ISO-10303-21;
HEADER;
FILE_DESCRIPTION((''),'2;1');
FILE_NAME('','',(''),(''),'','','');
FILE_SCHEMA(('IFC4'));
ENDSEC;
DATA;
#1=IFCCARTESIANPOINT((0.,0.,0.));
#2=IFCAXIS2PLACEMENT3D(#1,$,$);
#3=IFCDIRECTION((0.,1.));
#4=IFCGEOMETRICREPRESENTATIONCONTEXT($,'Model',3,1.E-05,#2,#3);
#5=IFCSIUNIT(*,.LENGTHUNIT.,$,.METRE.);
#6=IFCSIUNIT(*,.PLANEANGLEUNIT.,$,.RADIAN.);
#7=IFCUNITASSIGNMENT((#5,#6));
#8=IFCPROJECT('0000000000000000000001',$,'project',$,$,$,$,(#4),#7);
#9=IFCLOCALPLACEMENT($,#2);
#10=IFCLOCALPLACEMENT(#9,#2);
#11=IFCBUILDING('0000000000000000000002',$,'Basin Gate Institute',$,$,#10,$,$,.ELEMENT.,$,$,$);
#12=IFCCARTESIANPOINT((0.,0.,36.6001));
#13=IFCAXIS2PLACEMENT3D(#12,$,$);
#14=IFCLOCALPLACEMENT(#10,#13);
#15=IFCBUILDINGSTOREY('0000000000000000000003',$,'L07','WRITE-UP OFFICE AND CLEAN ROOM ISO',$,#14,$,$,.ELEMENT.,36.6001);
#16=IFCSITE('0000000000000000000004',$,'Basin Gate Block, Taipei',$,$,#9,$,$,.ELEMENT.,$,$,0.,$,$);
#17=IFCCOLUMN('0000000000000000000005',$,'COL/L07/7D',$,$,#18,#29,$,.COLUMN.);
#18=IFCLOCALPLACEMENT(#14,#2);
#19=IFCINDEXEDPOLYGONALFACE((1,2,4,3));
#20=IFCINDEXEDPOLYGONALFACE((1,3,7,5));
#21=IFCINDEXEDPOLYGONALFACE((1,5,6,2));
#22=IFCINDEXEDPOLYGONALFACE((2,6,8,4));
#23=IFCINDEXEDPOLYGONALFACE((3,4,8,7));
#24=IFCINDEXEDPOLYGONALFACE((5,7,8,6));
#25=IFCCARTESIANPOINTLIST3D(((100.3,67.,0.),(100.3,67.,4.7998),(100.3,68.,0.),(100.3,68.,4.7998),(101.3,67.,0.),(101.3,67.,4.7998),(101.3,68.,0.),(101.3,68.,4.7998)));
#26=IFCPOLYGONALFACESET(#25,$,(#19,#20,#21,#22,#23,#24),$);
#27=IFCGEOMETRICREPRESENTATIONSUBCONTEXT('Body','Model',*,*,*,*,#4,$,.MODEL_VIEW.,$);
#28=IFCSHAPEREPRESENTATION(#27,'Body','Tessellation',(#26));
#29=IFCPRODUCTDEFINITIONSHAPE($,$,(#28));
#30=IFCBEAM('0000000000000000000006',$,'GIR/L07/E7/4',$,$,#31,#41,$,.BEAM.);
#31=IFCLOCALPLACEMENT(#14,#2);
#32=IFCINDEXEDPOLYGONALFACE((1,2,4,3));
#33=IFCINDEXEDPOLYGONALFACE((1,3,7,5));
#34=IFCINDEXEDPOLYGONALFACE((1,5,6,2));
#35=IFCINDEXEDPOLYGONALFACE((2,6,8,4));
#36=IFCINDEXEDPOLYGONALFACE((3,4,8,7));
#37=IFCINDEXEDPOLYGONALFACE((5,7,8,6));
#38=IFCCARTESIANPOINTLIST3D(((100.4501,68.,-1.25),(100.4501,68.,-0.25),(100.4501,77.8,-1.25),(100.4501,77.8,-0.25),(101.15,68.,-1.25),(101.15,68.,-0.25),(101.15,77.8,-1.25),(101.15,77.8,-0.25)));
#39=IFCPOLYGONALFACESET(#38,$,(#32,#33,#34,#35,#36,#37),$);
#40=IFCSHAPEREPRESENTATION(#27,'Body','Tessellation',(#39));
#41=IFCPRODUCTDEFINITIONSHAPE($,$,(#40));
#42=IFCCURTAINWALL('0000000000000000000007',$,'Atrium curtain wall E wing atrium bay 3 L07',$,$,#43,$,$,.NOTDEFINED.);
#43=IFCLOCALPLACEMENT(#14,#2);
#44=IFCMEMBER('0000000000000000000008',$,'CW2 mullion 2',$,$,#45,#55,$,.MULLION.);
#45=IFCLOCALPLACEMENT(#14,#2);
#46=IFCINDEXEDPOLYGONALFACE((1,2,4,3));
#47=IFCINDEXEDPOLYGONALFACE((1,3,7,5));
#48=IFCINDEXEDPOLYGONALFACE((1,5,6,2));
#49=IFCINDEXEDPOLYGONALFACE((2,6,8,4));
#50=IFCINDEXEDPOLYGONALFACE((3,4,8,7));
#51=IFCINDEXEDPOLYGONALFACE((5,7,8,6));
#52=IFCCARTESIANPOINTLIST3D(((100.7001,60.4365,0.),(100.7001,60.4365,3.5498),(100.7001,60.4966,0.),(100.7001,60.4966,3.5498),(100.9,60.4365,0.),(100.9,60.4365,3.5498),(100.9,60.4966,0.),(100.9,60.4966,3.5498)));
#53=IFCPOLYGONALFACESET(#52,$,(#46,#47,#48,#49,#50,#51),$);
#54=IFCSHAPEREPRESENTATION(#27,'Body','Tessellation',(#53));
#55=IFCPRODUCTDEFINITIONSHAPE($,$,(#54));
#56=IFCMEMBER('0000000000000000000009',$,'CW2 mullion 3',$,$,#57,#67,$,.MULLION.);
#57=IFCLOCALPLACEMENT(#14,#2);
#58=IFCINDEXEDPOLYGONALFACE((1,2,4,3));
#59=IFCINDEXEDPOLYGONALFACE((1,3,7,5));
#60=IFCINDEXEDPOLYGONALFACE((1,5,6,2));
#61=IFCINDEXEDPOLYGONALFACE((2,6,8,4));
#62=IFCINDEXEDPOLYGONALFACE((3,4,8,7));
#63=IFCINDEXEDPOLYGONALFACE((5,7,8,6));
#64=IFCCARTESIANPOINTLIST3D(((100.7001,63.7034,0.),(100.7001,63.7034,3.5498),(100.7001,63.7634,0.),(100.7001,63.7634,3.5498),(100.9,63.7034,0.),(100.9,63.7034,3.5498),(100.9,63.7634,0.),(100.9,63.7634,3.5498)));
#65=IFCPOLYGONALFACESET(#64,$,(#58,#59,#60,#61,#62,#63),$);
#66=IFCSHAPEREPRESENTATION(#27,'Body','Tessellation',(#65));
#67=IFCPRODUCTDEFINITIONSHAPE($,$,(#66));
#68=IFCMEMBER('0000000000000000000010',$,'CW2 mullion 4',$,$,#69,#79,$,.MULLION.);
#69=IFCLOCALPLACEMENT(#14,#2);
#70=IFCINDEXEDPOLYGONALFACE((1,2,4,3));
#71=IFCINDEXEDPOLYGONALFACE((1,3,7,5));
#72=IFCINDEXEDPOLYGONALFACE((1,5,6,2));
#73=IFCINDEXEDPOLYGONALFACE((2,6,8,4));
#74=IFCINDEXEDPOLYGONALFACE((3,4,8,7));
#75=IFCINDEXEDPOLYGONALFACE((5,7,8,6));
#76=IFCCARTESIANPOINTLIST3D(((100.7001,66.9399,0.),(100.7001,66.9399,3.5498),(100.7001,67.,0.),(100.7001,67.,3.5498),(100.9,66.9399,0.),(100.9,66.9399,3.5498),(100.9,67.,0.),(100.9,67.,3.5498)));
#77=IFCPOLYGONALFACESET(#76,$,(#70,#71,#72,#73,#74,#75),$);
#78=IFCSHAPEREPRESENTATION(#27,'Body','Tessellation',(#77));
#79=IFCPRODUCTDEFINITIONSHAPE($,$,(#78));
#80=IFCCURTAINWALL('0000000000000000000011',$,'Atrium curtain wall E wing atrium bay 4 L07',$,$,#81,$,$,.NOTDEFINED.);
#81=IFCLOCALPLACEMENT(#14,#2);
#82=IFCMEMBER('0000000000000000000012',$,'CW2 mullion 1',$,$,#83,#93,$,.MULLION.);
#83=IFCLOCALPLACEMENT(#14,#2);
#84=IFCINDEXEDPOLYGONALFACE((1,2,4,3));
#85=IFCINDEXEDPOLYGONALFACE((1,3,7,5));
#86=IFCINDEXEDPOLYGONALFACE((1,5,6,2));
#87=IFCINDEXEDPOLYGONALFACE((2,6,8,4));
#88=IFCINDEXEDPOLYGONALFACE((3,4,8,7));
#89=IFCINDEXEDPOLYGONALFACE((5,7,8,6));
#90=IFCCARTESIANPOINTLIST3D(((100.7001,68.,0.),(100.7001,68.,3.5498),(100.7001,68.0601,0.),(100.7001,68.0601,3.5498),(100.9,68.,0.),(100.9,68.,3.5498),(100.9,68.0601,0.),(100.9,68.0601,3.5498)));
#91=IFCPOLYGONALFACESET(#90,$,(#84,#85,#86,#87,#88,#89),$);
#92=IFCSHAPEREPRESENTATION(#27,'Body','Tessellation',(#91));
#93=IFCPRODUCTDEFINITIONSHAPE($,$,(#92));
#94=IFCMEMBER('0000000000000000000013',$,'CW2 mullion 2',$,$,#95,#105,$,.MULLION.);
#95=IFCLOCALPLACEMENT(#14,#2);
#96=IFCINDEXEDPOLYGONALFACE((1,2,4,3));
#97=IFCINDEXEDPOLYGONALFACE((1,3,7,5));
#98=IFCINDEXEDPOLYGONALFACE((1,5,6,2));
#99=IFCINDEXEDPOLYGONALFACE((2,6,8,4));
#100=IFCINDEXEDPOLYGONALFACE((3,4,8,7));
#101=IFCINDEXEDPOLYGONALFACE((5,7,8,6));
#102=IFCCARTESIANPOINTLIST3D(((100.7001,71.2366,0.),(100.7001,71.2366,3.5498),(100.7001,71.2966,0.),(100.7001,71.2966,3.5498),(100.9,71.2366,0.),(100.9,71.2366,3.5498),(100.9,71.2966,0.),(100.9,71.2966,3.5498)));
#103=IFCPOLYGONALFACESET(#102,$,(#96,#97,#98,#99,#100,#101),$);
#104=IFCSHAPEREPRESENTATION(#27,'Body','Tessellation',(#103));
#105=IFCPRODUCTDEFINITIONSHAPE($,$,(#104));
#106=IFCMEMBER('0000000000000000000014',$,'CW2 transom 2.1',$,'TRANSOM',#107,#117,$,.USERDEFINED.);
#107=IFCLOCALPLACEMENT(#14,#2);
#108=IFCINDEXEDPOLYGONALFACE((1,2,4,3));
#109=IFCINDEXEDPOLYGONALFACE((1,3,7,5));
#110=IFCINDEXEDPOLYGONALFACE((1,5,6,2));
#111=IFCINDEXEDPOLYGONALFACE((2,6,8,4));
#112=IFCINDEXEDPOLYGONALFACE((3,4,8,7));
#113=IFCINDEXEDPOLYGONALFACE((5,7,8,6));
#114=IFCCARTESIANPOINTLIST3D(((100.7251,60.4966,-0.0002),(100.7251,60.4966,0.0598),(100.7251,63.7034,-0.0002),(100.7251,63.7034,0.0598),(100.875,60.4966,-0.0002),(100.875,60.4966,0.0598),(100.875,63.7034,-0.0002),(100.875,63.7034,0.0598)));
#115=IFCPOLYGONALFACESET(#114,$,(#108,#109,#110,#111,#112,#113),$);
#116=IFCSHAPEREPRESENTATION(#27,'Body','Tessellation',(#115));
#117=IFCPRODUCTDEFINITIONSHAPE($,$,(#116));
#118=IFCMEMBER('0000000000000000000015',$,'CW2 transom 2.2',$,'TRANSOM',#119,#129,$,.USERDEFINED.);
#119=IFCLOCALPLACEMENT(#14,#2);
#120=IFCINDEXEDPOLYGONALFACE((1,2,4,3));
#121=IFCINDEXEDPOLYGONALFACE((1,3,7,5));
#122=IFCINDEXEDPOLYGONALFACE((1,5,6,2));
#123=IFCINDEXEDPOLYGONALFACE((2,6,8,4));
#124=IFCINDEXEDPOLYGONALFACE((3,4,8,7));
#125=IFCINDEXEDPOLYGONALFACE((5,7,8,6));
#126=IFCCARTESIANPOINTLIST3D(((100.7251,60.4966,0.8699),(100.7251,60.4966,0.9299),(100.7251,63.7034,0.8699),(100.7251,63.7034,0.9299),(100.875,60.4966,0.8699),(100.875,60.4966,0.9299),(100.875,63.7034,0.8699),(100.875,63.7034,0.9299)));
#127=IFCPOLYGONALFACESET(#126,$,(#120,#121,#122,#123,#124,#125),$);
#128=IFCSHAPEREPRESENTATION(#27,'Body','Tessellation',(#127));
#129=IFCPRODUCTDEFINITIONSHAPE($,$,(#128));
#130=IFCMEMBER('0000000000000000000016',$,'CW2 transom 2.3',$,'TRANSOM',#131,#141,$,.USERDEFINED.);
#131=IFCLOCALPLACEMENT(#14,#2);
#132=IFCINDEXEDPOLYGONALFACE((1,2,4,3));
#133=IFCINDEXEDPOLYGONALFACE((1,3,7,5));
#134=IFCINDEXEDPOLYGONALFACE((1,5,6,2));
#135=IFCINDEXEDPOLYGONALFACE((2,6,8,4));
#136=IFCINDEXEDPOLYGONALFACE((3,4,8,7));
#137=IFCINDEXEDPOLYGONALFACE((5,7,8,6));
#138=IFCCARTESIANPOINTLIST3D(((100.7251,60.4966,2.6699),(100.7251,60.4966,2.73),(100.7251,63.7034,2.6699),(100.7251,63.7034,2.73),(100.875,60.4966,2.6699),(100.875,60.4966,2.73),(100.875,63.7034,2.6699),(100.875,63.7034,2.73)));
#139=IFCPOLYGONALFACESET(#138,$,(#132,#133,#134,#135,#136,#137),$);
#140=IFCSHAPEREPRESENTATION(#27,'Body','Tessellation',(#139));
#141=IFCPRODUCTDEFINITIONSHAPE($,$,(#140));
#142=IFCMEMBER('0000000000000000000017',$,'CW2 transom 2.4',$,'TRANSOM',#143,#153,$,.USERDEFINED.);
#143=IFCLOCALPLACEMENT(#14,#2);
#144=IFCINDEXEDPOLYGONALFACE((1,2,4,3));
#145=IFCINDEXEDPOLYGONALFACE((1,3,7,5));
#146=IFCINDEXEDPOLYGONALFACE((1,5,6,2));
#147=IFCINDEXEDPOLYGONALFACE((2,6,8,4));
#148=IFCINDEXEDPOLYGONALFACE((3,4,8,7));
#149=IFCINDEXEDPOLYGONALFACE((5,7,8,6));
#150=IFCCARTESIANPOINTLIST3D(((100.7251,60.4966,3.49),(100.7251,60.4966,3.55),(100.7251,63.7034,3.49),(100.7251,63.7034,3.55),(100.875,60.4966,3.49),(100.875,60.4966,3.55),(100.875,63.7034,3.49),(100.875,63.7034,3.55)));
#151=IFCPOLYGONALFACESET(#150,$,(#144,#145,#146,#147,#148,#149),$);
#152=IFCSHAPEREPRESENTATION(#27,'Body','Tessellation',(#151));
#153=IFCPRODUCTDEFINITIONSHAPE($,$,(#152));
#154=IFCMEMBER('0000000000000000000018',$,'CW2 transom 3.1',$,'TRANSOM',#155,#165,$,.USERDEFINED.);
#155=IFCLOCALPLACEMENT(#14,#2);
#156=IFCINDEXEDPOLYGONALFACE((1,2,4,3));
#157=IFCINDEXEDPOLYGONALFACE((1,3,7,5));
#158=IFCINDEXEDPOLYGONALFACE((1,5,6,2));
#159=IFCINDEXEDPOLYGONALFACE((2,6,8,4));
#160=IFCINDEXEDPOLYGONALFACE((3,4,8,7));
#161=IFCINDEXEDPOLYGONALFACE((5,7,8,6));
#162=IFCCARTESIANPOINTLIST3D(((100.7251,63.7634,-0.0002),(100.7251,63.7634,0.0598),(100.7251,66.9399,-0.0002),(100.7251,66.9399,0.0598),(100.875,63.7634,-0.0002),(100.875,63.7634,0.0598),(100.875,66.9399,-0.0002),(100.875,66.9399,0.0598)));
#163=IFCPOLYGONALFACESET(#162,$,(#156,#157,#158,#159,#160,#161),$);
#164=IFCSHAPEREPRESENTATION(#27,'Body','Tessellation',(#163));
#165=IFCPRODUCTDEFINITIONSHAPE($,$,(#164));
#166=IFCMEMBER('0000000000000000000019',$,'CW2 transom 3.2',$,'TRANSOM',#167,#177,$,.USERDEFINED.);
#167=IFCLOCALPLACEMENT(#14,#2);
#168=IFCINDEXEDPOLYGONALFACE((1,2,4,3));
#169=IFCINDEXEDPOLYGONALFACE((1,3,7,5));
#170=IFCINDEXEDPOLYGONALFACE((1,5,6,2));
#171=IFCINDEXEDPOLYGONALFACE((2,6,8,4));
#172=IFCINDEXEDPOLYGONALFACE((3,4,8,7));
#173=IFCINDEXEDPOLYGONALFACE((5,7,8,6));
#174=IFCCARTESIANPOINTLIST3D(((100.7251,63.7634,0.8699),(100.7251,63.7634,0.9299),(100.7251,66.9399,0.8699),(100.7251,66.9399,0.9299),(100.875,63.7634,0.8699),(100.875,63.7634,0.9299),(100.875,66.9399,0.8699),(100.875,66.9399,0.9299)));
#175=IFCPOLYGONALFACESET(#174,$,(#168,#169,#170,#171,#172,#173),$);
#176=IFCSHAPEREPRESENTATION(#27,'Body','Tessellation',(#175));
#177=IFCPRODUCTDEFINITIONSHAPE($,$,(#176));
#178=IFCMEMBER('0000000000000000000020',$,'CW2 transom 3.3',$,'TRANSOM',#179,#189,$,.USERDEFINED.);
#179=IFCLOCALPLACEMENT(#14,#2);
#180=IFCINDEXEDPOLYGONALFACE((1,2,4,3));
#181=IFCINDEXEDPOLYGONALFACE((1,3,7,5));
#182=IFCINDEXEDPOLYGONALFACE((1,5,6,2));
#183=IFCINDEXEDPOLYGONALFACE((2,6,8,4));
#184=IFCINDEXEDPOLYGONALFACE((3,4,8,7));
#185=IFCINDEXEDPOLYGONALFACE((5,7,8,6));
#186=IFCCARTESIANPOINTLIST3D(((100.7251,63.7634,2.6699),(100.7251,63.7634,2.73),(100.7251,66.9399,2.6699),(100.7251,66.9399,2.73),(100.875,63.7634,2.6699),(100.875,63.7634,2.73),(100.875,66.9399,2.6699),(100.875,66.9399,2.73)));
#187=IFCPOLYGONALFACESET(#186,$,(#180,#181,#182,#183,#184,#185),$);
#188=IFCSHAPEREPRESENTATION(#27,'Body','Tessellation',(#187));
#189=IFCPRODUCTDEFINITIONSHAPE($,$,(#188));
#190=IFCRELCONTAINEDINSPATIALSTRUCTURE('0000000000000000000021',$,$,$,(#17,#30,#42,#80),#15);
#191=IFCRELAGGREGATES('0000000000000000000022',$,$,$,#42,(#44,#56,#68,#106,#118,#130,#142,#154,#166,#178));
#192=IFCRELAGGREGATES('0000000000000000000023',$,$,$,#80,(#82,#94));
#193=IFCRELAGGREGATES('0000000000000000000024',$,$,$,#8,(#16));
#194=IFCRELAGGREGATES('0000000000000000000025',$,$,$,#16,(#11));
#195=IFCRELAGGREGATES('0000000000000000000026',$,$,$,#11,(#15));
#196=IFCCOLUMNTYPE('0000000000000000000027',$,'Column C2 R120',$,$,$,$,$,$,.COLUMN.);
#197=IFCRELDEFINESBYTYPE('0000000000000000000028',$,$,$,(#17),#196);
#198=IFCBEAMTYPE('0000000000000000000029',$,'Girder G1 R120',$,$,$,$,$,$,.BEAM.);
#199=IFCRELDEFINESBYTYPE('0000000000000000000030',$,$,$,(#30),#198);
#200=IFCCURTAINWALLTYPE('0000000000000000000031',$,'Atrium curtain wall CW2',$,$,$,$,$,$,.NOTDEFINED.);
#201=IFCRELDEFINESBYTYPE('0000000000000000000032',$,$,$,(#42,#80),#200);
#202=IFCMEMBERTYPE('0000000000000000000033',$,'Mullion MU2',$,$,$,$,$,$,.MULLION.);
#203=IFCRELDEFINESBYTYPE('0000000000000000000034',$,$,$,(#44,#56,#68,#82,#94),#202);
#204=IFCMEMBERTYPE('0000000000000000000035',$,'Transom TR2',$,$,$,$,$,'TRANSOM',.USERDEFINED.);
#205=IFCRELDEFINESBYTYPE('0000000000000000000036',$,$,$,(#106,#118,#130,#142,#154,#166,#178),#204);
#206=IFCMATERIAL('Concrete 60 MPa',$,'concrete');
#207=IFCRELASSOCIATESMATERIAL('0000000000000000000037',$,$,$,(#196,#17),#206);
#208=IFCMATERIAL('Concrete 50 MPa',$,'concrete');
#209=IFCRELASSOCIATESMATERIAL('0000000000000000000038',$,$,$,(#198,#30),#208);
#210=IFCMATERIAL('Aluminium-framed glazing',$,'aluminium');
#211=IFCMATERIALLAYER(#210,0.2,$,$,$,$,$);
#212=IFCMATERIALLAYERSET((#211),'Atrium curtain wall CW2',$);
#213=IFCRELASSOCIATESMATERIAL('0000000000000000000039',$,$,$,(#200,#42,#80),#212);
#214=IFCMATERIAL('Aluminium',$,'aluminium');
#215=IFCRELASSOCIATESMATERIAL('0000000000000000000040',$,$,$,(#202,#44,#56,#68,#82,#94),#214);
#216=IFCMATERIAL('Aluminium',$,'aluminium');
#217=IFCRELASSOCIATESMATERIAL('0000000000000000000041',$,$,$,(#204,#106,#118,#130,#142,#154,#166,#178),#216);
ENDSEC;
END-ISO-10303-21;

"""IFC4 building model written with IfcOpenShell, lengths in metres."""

from ifc_helpers import new_model, si_unit, direction, frame, origin, origin_2d, place, context, subcontext, project, spatial, rectangle, extrude, material, layer, layer_set, material_profile, profile_set, type_object, element, aggregate, save


model = new_model("IFC4")

# Units and contexts
model_context = context("Model", 3, precision=1e-05, world=origin(), true_north=direction((0.0, 1.0)))
body_context = subcontext(model_context, "Body", "Model", "MODEL_VIEW")
ifc_project = project(units=[si_unit("LENGTHUNIT", "METRE"), si_unit("PLANEANGLEUNIT", "RADIAN")], contexts=[model_context])

# Site, building, storey
site_placement = place(None, origin())
site = spatial("IfcSite", under=ifc_project, at=site_placement, Name="Basin Gate Block, Taipei", CompositionType="ELEMENT", RefElevation=0.0)
building_placement = place(site_placement, origin())
building = spatial("IfcBuilding", under=site, at=building_placement, Name="Basin Gate Institute", CompositionType="ELEMENT")
storey_placement = place(building_placement, frame((0.0, 0.0, 36.6001)))
storey = spatial("IfcBuildingStorey", under=building, at=storey_placement, Name="L07", Description="WRITE-UP OFFICE AND CLEAN ROOM ISO", CompositionType="ELEMENT", Elevation=36.6001)

# Column
ifc_material_1 = material(Name="Concrete 60 MPa", Category="concrete")
ifc_material_profile_1 = material_profile(ifc_material_1, rectangle(XDim=1.0, YDim=1.0, at=origin_2d()), Name="Column C2 1000 x 1000")
ifc_profile_set_1 = profile_set([ifc_material_profile_1], Name="Concrete 60 MPa")
column_type = type_object("IfcColumnType", Name="Column C2 R120", PredefinedType="COLUMN", material=ifc_profile_set_1)
column_placement = place(storey_placement, frame((100.8, 67.5, 0.0), z_axis=(0.0, 0.0, 1.0), x_axis=(1.0, 0.0, 0.0)))
element("IfcColumn", 1, at=column_placement, inside=storey, type_object=column_type, material=ifc_profile_set_1, Name="COL/L07/7D", PredefinedType="COLUMN", context=body_context, shape_type="SweptSolid", body=[
    extrude(rectangle(XDim=1.0, YDim=1.0, at=origin_2d()), origin(), (0.0, 0.0, 1.0), 4.7998),
])

# Beam
ifc_material_2 = material(Name="Concrete 50 MPa", Category="concrete")
ifc_material_profile_2 = material_profile(ifc_material_2, rectangle(XDim=0.7, YDim=1.0, at=origin_2d()), Name="Girder G1 700 x 1000")
ifc_profile_set_2 = profile_set([ifc_material_profile_2], Name="Concrete 50 MPa")
beam_type = type_object("IfcBeamType", Name="Girder G1 R120", PredefinedType="BEAM", material=ifc_profile_set_2)
beam_placement = place(storey_placement, frame((100.8, 68.0, -0.75), z_axis=(0.0, 1.0, 0.0), x_axis=(-1.0, 0.0, 0.0)))
element("IfcBeam", 2, at=beam_placement, inside=storey, type_object=beam_type, material=ifc_profile_set_2, Name="GIR/L07/E7/4", PredefinedType="BEAM", context=body_context, shape_type="SweptSolid", body=[
    extrude(rectangle(XDim=0.7, YDim=1.0, at=origin_2d()), origin(), (0.0, 0.0, 1.0), 9.8),
])

# Curtain walls, members
ifc_material_3 = material(Name="Aluminium-framed glazing", Category="aluminium")
ifc_layer_1 = layer(ifc_material_3, 0.2)
ifc_layer_set_1 = layer_set([ifc_layer_1], Name="Atrium curtain wall CW2")
curtain_wall_type = type_object("IfcCurtainWallType", Name="Atrium curtain wall CW2", PredefinedType="NOTDEFINED", material=ifc_layer_set_1)
curtain_wall_1_placement = place(storey_placement, origin())
curtain_wall_1 = element("IfcCurtainWall", 3, at=curtain_wall_1_placement, inside=storey, type_object=curtain_wall_type, material=ifc_layer_set_1, Name="Atrium curtain wall E wing atrium bay 3 L07", PredefinedType="NOTDEFINED")
ifc_material_4 = material(Name="Aluminium", Category="aluminium")
ifc_material_profile_3 = material_profile(ifc_material_4, rectangle(XDim=0.2, YDim=0.0601, at=origin_2d()), Name="Mullion MU2 200 x 60")
ifc_profile_set_3 = profile_set([ifc_material_profile_3], Name="Aluminium")
member_type_1 = type_object("IfcMemberType", Name="Mullion MU2", PredefinedType="MULLION", material=ifc_profile_set_3)
member_1_placement = place(storey_placement, frame((100.8, 60.4666, 0.0), z_axis=(0.0, 0.0, 1.0), x_axis=(-1.0, 0.0, 0.0)))
member_1 = element("IfcMember", 4, at=member_1_placement, type_object=member_type_1, material=ifc_profile_set_3, Name="CW2 mullion 2", PredefinedType="MULLION", context=body_context, shape_type="SweptSolid", body=[
    extrude(rectangle(XDim=0.2, YDim=0.0601, at=origin_2d()), origin(), (0.0, 0.0, 1.0), 3.5498),
])
member_2_placement = place(storey_placement, frame((100.8, 63.7334, 0.0), z_axis=(0.0, 0.0, 1.0), x_axis=(-1.0, 0.0, 0.0)))
member_2 = element("IfcMember", 5, at=member_2_placement, type_object=member_type_1, material=ifc_profile_set_3, Name="CW2 mullion 3", PredefinedType="MULLION", context=body_context, shape_type="SweptSolid", body=[
    extrude(rectangle(XDim=0.2, YDim=0.0601, at=origin_2d()), origin(), (0.0, 0.0, 1.0), 3.5498),
])
member_3_placement = place(storey_placement, frame((100.8, 66.97, 0.0), z_axis=(0.0, 0.0, 1.0), x_axis=(-1.0, 0.0, 0.0)))
member_3 = element("IfcMember", 6, at=member_3_placement, type_object=member_type_1, material=ifc_profile_set_3, Name="CW2 mullion 4", PredefinedType="MULLION", context=body_context, shape_type="SweptSolid", body=[
    extrude(rectangle(XDim=0.2, YDim=0.0601, at=origin_2d()), origin(), (0.0, 0.0, 1.0), 3.5498),
])
curtain_wall_2_placement = place(storey_placement, origin())
curtain_wall_2 = element("IfcCurtainWall", 7, at=curtain_wall_2_placement, inside=storey, type_object=curtain_wall_type, material=ifc_layer_set_1, Name="Atrium curtain wall E wing atrium bay 4 L07", PredefinedType="NOTDEFINED")
member_4_placement = place(storey_placement, frame((100.8, 68.03, 0.0), z_axis=(0.0, 0.0, 1.0), x_axis=(-1.0, 0.0, 0.0)))
member_4 = element("IfcMember", 8, at=member_4_placement, type_object=member_type_1, material=ifc_profile_set_3, Name="CW2 mullion 1", PredefinedType="MULLION", context=body_context, shape_type="SweptSolid", body=[
    extrude(rectangle(XDim=0.2, YDim=0.0601, at=origin_2d()), origin(), (0.0, 0.0, 1.0), 3.5498),
])
member_5_placement = place(storey_placement, frame((100.8, 71.2666, 0.0), z_axis=(0.0, 0.0, 1.0), x_axis=(-1.0, 0.0, 0.0)))
member_5 = element("IfcMember", 9, at=member_5_placement, type_object=member_type_1, material=ifc_profile_set_3, Name="CW2 mullion 2", PredefinedType="MULLION", context=body_context, shape_type="SweptSolid", body=[
    extrude(rectangle(XDim=0.2, YDim=0.0601, at=origin_2d()), origin(), (0.0, 0.0, 1.0), 3.5498),
])

# Members
ifc_material_5 = material(Name="Aluminium", Category="aluminium")
ifc_material_profile_4 = material_profile(ifc_material_5, rectangle(XDim=0.1499, YDim=0.0601, at=origin_2d()), Name="Transom TR2 150 x 60")
ifc_profile_set_4 = profile_set([ifc_material_profile_4], Name="Aluminium")
member_type_2 = type_object("IfcMemberType", Name="Transom TR2", ElementType="TRANSOM", PredefinedType="USERDEFINED", material=ifc_profile_set_4)
member_6_placement = place(storey_placement, frame((100.8, 60.4966, 0.0298), z_axis=(0.0, 1.0, 0.0), x_axis=(-1.0, 0.0, 0.0)))
member_6 = element("IfcMember", 10, at=member_6_placement, type_object=member_type_2, material=ifc_profile_set_4, Name="CW2 transom 2.1", ObjectType="TRANSOM", PredefinedType="USERDEFINED", context=body_context, shape_type="SweptSolid", body=[
    extrude(rectangle(XDim=0.1499, YDim=0.0601, at=origin_2d()), origin(), (0.0, 0.0, 1.0), 3.2068),
])
member_7_placement = place(storey_placement, frame((100.8, 60.4966, 0.8999), z_axis=(0.0, 1.0, 0.0), x_axis=(-1.0, 0.0, 0.0)))
member_7 = element("IfcMember", 11, at=member_7_placement, type_object=member_type_2, material=ifc_profile_set_4, Name="CW2 transom 2.2", ObjectType="TRANSOM", PredefinedType="USERDEFINED", context=body_context, shape_type="SweptSolid", body=[
    extrude(rectangle(XDim=0.1499, YDim=0.0601, at=origin_2d()), origin(), (0.0, 0.0, 1.0), 3.2068),
])
member_8_placement = place(storey_placement, frame((100.8, 60.4966, 2.7), z_axis=(0.0, 1.0, 0.0), x_axis=(-1.0, 0.0, 0.0)))
member_8 = element("IfcMember", 12, at=member_8_placement, type_object=member_type_2, material=ifc_profile_set_4, Name="CW2 transom 2.3", ObjectType="TRANSOM", PredefinedType="USERDEFINED", context=body_context, shape_type="SweptSolid", body=[
    extrude(rectangle(XDim=0.1499, YDim=0.0601, at=origin_2d()), origin(), (0.0, 0.0, 1.0), 3.2068),
])
member_9_placement = place(storey_placement, frame((100.8, 60.4966, 3.52), z_axis=(0.0, 1.0, 0.0), x_axis=(-1.0, 0.0, 0.0)))
member_9 = element("IfcMember", 13, at=member_9_placement, type_object=member_type_2, material=ifc_profile_set_4, Name="CW2 transom 2.4", ObjectType="TRANSOM", PredefinedType="USERDEFINED", context=body_context, shape_type="SweptSolid", body=[
    extrude(rectangle(XDim=0.1499, YDim=0.0601, at=origin_2d()), origin(), (0.0, 0.0, 1.0), 3.2068),
])
member_10_placement = place(storey_placement, frame((100.8, 63.7634, 0.0298), z_axis=(0.0, 1.0, 0.0), x_axis=(-1.0, 0.0, 0.0)))
member_10 = element("IfcMember", 14, at=member_10_placement, type_object=member_type_2, material=ifc_profile_set_4, Name="CW2 transom 3.1", ObjectType="TRANSOM", PredefinedType="USERDEFINED", context=body_context, shape_type="SweptSolid", body=[
    extrude(rectangle(XDim=0.1499, YDim=0.0601, at=origin_2d()), origin(), (0.0, 0.0, 1.0), 3.1765),
])
member_11_placement = place(storey_placement, frame((100.8, 63.7634, 0.8999), z_axis=(0.0, 1.0, 0.0), x_axis=(-1.0, 0.0, 0.0)))
member_11 = element("IfcMember", 15, at=member_11_placement, type_object=member_type_2, material=ifc_profile_set_4, Name="CW2 transom 3.2", ObjectType="TRANSOM", PredefinedType="USERDEFINED", context=body_context, shape_type="SweptSolid", body=[
    extrude(rectangle(XDim=0.1499, YDim=0.0601, at=origin_2d()), origin(), (0.0, 0.0, 1.0), 3.1765),
])
member_12_placement = place(storey_placement, frame((100.8, 63.7634, 2.7), z_axis=(0.0, 1.0, 0.0), x_axis=(-1.0, 0.0, 0.0)))
member_12 = element("IfcMember", 16, at=member_12_placement, type_object=member_type_2, material=ifc_profile_set_4, Name="CW2 transom 3.3", ObjectType="TRANSOM", PredefinedType="USERDEFINED", context=body_context, shape_type="SweptSolid", body=[
    extrude(rectangle(XDim=0.1499, YDim=0.0601, at=origin_2d()), origin(), (0.0, 0.0, 1.0), 3.1765),
])

aggregate(curtain_wall_1, [member_1, member_2, member_3, member_6, member_7, member_8, member_9, member_10, member_11, member_12])
aggregate(curtain_wall_2, [member_4, member_5])

save(model, "model.ifc")
